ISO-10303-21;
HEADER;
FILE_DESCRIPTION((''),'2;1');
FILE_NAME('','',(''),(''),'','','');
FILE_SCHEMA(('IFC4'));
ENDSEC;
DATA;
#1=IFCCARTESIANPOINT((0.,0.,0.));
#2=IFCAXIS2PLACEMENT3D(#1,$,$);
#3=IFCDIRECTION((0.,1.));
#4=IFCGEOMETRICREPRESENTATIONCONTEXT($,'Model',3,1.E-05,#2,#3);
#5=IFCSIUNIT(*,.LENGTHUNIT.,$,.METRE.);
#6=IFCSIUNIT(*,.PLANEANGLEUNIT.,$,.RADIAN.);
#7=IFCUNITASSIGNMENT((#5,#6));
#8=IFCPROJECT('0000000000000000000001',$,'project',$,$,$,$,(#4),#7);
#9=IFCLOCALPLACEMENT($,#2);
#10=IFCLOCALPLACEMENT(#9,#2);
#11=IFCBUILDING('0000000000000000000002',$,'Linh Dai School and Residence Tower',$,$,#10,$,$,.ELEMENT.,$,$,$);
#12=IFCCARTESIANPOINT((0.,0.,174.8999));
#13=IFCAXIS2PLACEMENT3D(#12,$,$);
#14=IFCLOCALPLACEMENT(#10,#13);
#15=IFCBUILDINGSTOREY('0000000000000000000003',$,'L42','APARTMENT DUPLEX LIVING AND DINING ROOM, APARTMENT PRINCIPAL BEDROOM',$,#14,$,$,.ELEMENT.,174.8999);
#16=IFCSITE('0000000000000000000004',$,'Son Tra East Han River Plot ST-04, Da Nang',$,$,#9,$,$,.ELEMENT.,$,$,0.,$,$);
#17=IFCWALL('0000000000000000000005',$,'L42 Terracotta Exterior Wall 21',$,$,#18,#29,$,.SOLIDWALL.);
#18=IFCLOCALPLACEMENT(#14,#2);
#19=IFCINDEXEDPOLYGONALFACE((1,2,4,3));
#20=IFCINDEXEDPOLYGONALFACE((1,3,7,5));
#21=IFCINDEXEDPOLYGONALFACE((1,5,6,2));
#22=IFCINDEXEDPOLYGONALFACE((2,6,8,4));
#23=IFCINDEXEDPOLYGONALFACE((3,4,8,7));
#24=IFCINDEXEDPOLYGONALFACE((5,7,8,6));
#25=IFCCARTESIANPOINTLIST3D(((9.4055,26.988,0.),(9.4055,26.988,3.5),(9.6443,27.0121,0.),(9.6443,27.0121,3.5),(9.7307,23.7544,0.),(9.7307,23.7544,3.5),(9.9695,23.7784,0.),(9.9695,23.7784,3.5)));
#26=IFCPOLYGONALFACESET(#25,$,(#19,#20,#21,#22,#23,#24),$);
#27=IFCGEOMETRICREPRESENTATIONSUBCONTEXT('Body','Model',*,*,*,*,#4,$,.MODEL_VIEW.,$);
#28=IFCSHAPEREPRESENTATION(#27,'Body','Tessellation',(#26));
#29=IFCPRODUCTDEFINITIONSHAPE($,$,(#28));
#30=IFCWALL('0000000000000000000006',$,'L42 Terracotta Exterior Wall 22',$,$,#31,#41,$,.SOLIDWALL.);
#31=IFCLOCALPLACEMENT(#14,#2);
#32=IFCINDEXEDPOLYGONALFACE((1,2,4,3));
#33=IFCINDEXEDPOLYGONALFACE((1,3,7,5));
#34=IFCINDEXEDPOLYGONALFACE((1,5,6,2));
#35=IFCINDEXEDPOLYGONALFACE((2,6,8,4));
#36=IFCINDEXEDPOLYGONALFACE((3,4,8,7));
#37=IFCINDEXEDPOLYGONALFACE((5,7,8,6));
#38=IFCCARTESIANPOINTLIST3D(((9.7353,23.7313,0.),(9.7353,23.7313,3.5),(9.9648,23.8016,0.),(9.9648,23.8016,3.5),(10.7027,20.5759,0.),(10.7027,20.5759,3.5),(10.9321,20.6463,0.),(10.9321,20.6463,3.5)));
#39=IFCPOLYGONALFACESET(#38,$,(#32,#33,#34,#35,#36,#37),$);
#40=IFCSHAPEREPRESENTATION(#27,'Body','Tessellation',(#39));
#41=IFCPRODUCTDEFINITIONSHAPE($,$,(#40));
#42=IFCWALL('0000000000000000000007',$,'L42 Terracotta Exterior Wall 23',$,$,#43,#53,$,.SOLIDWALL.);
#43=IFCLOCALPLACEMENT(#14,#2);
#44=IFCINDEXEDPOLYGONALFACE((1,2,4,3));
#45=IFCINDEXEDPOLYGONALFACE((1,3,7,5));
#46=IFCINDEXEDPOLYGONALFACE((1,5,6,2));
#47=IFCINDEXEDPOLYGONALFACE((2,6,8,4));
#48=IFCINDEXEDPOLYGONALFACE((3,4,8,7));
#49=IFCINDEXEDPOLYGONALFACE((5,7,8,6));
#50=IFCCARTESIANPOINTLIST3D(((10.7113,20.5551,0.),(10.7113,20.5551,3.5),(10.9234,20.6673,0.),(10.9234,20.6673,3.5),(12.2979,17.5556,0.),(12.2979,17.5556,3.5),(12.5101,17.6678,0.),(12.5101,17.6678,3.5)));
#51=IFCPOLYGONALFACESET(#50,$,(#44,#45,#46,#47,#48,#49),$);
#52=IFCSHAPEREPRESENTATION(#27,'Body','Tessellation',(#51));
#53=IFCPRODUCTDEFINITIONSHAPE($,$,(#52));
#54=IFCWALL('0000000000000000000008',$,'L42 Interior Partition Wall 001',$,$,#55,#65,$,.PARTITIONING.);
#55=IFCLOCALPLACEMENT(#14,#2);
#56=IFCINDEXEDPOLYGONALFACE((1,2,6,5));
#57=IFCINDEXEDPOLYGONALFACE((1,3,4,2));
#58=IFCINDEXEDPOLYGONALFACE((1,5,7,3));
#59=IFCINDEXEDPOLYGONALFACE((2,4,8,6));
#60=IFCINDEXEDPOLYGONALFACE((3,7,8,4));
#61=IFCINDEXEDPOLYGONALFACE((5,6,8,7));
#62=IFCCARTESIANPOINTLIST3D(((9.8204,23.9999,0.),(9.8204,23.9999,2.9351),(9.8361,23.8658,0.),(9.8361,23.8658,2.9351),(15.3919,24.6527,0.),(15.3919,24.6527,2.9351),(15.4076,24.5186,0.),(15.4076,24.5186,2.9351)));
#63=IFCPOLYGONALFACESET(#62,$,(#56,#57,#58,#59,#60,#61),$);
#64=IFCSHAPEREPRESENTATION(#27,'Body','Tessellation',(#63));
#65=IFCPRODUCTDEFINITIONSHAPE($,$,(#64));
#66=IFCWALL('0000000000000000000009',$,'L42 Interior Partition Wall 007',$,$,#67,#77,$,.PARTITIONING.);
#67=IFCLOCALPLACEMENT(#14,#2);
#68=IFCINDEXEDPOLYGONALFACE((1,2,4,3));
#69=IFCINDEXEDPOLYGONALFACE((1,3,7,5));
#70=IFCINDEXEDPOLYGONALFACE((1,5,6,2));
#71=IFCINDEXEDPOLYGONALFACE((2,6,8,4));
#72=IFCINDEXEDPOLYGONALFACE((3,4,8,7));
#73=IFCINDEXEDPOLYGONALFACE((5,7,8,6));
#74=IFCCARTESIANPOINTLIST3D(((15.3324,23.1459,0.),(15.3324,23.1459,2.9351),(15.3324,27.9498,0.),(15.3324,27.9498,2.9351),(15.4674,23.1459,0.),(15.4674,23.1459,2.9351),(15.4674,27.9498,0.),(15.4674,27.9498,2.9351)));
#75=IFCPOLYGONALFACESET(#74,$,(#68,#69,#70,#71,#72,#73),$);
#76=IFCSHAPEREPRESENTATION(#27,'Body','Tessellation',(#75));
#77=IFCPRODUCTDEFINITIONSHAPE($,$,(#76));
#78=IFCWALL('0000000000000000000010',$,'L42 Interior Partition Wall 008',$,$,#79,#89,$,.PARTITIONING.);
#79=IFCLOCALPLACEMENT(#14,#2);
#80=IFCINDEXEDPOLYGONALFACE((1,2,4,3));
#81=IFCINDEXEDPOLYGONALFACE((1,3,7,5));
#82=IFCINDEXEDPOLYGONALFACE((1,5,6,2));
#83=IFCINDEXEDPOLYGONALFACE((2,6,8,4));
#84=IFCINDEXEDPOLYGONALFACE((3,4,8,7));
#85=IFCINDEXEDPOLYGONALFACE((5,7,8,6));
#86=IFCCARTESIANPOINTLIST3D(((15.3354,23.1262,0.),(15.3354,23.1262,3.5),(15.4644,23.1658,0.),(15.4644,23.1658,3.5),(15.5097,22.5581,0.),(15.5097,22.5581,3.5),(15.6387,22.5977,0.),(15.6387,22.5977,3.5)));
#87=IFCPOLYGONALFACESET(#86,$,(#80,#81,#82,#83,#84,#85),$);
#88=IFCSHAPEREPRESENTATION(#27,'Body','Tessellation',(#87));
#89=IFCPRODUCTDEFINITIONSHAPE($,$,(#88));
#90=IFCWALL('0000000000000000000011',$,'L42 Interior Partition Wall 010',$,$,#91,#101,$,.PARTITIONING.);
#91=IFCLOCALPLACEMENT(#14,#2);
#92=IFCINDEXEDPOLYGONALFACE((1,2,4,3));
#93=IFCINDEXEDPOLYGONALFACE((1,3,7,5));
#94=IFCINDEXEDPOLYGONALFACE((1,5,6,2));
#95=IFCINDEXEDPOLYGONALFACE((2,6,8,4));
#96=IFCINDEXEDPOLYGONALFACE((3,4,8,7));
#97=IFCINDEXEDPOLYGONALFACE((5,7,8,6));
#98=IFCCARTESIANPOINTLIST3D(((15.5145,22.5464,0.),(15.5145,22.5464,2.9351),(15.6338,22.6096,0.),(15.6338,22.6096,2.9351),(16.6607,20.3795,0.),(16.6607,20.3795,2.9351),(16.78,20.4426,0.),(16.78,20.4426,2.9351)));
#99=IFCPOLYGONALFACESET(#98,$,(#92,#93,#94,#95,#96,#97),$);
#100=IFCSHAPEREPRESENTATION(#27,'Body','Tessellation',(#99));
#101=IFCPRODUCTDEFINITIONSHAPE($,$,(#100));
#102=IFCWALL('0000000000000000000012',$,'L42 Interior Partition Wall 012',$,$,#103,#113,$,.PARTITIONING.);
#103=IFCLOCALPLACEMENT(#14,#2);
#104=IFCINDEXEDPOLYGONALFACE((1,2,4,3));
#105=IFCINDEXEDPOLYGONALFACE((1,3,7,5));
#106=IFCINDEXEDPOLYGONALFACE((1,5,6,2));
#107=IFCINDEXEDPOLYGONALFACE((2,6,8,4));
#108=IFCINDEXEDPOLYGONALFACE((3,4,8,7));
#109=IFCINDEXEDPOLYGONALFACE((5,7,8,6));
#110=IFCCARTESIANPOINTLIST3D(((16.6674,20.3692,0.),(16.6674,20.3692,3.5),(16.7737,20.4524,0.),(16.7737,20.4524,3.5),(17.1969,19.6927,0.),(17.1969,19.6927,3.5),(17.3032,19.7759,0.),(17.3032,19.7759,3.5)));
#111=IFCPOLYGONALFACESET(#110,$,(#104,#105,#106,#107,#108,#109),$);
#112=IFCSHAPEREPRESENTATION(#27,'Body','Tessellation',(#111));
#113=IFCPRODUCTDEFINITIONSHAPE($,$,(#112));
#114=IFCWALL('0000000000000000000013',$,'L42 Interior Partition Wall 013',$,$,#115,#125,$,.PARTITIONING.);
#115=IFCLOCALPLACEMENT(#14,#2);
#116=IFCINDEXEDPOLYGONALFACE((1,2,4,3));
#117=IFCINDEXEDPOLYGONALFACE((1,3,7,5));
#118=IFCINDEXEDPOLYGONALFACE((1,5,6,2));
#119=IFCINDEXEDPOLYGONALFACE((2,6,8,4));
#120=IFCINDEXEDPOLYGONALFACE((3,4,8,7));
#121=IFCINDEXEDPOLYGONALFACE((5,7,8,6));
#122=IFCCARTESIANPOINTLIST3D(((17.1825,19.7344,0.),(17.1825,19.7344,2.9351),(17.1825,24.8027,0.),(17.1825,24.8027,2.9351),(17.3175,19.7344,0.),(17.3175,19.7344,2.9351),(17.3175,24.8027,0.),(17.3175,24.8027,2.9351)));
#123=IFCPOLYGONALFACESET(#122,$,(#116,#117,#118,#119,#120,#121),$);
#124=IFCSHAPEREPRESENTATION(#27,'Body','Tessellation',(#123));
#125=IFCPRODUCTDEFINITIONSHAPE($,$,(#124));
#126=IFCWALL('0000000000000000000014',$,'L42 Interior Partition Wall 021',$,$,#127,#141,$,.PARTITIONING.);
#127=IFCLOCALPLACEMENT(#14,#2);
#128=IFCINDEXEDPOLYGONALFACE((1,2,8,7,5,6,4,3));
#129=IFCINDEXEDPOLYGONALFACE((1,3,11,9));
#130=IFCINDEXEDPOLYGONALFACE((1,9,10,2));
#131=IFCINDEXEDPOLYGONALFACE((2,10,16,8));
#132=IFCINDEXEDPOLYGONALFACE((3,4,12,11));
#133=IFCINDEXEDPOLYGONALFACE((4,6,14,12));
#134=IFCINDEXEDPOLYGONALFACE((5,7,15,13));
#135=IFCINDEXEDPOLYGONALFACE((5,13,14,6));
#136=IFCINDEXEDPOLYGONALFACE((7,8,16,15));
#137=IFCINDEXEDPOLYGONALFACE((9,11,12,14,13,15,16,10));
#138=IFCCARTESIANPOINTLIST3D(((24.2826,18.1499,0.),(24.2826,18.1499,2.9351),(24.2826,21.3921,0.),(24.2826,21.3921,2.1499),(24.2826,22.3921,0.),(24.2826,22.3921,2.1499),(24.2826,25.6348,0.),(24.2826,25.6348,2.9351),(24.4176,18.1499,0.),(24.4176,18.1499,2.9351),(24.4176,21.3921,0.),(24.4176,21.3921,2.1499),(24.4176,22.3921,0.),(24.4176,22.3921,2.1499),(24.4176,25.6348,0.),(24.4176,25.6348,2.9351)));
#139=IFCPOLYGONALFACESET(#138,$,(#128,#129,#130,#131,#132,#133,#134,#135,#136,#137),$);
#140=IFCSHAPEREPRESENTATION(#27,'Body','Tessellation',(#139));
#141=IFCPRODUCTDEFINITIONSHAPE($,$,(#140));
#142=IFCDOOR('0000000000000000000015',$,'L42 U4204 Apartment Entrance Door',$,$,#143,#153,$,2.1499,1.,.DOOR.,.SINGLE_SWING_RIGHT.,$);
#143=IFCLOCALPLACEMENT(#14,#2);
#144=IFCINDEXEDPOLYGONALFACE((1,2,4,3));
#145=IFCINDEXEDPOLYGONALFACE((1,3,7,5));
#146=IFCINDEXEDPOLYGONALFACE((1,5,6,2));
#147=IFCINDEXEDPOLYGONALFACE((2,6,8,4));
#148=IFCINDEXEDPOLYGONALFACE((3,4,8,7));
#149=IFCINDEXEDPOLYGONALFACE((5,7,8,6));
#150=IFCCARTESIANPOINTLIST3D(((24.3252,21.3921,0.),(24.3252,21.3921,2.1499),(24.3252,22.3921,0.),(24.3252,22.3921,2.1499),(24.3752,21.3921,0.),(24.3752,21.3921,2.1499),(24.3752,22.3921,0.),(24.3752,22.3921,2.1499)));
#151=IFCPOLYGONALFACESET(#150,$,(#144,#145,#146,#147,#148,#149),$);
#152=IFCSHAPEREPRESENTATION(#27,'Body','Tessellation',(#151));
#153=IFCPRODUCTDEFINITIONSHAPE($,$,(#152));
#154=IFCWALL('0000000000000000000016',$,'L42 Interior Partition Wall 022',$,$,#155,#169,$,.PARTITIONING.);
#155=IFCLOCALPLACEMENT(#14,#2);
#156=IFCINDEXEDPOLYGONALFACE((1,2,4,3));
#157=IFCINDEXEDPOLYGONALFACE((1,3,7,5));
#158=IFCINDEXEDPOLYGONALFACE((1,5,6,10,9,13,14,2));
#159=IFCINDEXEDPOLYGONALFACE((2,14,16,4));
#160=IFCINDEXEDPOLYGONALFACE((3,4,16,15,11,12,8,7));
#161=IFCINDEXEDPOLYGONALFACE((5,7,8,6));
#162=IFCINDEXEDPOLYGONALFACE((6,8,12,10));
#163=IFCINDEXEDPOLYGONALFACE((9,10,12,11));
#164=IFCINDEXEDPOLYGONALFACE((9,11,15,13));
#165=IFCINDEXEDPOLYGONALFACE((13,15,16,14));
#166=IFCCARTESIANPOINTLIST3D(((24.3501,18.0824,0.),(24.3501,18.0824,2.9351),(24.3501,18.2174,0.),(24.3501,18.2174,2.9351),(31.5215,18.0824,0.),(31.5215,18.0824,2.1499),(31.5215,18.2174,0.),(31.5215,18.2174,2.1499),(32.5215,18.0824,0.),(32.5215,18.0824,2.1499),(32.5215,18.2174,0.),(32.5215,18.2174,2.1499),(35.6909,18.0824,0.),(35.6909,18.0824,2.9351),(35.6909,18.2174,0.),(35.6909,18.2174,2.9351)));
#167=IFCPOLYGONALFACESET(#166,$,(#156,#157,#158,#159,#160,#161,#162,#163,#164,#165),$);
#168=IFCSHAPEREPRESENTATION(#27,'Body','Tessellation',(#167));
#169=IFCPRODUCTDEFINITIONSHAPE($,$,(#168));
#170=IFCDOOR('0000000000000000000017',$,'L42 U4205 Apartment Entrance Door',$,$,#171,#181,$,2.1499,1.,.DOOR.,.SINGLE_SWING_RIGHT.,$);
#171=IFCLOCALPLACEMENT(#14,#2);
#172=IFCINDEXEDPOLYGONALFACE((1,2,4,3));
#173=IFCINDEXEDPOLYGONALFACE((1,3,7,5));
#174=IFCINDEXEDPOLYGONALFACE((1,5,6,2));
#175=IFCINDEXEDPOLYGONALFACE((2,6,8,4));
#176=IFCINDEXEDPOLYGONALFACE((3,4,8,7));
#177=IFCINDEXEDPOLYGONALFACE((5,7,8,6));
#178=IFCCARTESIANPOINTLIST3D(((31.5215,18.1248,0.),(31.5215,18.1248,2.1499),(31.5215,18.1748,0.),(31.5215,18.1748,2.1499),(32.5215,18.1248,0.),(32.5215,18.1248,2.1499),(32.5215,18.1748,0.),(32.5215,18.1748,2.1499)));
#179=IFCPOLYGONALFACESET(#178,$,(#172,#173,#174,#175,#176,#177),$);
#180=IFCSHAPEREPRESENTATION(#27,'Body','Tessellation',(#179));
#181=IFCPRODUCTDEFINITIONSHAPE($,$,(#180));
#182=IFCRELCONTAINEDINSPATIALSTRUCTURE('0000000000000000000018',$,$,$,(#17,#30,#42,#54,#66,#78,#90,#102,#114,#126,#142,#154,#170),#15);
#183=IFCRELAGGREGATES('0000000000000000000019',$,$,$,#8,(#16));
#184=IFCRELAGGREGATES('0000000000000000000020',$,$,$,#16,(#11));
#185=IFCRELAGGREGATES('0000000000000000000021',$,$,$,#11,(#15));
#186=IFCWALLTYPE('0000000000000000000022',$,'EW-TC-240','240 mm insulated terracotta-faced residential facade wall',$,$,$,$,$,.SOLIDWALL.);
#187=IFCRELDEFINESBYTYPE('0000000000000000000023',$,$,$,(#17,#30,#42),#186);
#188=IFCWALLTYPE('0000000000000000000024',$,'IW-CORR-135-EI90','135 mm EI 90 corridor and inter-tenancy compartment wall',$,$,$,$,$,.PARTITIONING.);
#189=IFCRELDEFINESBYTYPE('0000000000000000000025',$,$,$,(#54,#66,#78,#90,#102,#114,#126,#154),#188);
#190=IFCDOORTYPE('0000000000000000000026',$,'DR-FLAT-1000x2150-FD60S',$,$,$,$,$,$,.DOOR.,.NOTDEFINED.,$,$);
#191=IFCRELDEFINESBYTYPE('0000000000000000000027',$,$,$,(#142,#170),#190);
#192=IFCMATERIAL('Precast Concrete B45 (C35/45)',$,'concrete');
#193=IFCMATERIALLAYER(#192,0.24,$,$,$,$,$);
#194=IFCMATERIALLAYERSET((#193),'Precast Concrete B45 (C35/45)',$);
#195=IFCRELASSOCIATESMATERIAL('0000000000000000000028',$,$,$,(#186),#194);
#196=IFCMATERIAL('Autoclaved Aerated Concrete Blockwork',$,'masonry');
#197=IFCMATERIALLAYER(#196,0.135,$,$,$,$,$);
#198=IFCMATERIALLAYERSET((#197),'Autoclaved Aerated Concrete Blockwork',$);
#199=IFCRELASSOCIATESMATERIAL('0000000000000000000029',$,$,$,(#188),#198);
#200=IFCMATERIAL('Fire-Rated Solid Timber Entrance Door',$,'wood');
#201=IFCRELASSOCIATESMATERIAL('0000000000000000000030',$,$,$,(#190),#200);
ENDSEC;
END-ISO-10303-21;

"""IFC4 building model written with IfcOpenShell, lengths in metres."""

from ifc_helpers import new_model, si_unit, direction, frame, frame_2d, origin, origin_2d, place, context, subcontext, project, spatial, rectangle, extrude, source, transform, mapped, material, layer, layer_set, type_object, element, fill, save


model = new_model("IFC4")

# Units and contexts
model_context = context("Model", 3, precision=1e-05, world=origin(), true_north=direction((0.0, 1.0)))
body_context = subcontext(model_context, "Body", "Model", "MODEL_VIEW")
ifc_project = project(units=[si_unit("LENGTHUNIT", "METRE"), si_unit("PLANEANGLEUNIT", "RADIAN")], contexts=[model_context])

# Site, building, storey
site_placement = place(None, origin())
site = spatial("IfcSite", under=ifc_project, at=site_placement, Name="Son Tra East Han River Plot ST-04, Da Nang", CompositionType="ELEMENT", RefElevation=0.0)
building_placement = place(site_placement, origin())
building = spatial("IfcBuilding", under=site, at=building_placement, Name="Linh Dai School and Residence Tower", CompositionType="ELEMENT")
storey_placement = place(building_placement, frame((0.0, 0.0, 174.8999)))
storey = spatial("IfcBuildingStorey", under=building, at=storey_placement, Name="L42", Description="APARTMENT DUPLEX LIVING AND DINING ROOM, APARTMENT PRINCIPAL BEDROOM", CompositionType="ELEMENT", Elevation=174.8999)

# Shared definitions
ifc_material_1 = material(Name="Precast Concrete B45 (C35/45)", Category="concrete")

# Walls
ifc_layer_1 = layer(ifc_material_1, 0.24)
ifc_layer_set_1 = layer_set([ifc_layer_1], Name="Precast Concrete B45 (C35/45)")
wall_type_1 = type_object("IfcWallType", Name="EW-TC-240", Description="240 mm insulated terracotta-faced residential facade wall", PredefinedType="SOLIDWALL", material=ifc_layer_set_1)
wall_1_placement = place(storey_placement, frame((9.8501, 23.7664, 0.0), z_axis=(0.0, 0.0, 1.0), x_axis=(-0.100062, 0.994981, 0.0)))
element("IfcWall", 1, at=wall_1_placement, inside=storey, type_object=wall_type_1, Name="L42 Terracotta Exterior Wall 21", PredefinedType="SOLIDWALL", context=body_context, shape_type="SweptSolid", body=[
    extrude(rectangle(XDim=3.25, YDim=0.24, at=frame_2d((1.625, 0.0))), origin(), (0.0, 0.0, 1.0), 3.5),
])
wall_2_placement = place(storey_placement, frame((10.8174, 20.6111, 0.0), z_axis=(0.0, 0.0, 1.0), x_axis=(-0.293098, 0.956082, 0.0)))
element("IfcWall", 2, at=wall_2_placement, inside=storey, type_object=wall_type_1, Name="L42 Terracotta Exterior Wall 22", PredefinedType="SOLIDWALL", context=body_context, shape_type="SweptSolid", body=[
    extrude(rectangle(XDim=3.3003, YDim=0.24, at=frame_2d((1.6501, 0.0))), origin(), (0.0, 0.0, 1.0), 3.5),
])
wall_3_placement = place(storey_placement, frame((12.4041, 17.6116, 0.0), z_axis=(0.0, 0.0, 1.0), x_axis=(-0.467587, 0.883947, 0.0)))
element("IfcWall", 3, at=wall_3_placement, inside=storey, type_object=wall_type_1, Name="L42 Terracotta Exterior Wall 23", PredefinedType="SOLIDWALL", context=body_context, shape_type="SweptSolid", body=[
    extrude(rectangle(XDim=3.3933, YDim=0.24, at=frame_2d((1.6968, 0.0))), origin(), (0.0, 0.0, 1.0), 3.5),
])
ifc_material_2 = material(Name="Autoclaved Aerated Concrete Blockwork", Category="masonry")
ifc_layer_2 = layer(ifc_material_2, 0.135)
ifc_layer_set_2 = layer_set([ifc_layer_2], Name="Autoclaved Aerated Concrete Blockwork")
wall_type_2 = type_object("IfcWallType", Name="IW-CORR-135-EI90", Description="135 mm EI 90 corridor and inter-tenancy compartment wall", PredefinedType="PARTITIONING", material=ifc_layer_set_2)
wall_4_placement = place(storey_placement, frame((9.8284, 23.9329, 0.0), z_axis=(0.0, 0.0, 1.0), x_axis=(0.993205, 0.116377, 0.0)))
element("IfcWall", 4, at=wall_4_placement, inside=storey, type_object=wall_type_2, Name="L42 Interior Partition Wall 001", PredefinedType="PARTITIONING", context=body_context, shape_type="SweptSolid", body=[
    extrude(rectangle(XDim=5.6096, YDim=0.135, at=frame_2d((2.8047, 0.0))), origin(), (0.0, 0.0, 1.0), 2.9351),
])
wall_5_placement = place(storey_placement, frame((15.3999, 23.146, 0.0), z_axis=(0.0, 0.0, 1.0), x_axis=(0.0, 1.0, 0.0)))
element("IfcWall", 5, at=wall_5_placement, inside=storey, type_object=wall_type_2, Name="L42 Interior Partition Wall 007", PredefinedType="PARTITIONING", context=body_context, shape_type="SweptSolid", body=[
    extrude(rectangle(XDim=4.804, YDim=0.135, at=frame_2d((2.4019, 0.0))), origin(), (0.0, 0.0, 1.0), 2.9351),
])
wall_6_placement = place(storey_placement, frame((15.3999, 23.146, 0.0), z_axis=(0.0, 0.0, 1.0), x_axis=(0.293335, -0.95601, 0.0)))
element("IfcWall", 6, at=wall_6_placement, inside=storey, type_object=wall_type_2, Name="L42 Interior Partition Wall 008", PredefinedType="PARTITIONING", context=body_context, shape_type="SweptSolid", body=[
    extrude(rectangle(XDim=0.5942, YDim=0.135, at=frame_2d((0.2971, 0.0))), origin(), (0.0, 0.0, 1.0), 3.5),
])
wall_7_placement = place(storey_placement, frame((15.5742, 22.5779, 0.0), z_axis=(0.0, 0.0, 1.0), x_axis=(0.467572, -0.883955, 0.0)))
element("IfcWall", 7, at=wall_7_placement, inside=storey, type_object=wall_type_2, Name="L42 Interior Partition Wall 010", PredefinedType="PARTITIONING", context=body_context, shape_type="SweptSolid", body=[
    extrude(rectangle(XDim=2.4514, YDim=0.135, at=frame_2d((1.2256, 0.0))), origin(), (0.0, 0.0, 1.0), 2.9351),
])
wall_8_placement = place(storey_placement, frame((16.7205, 20.4109, 0.0), z_axis=(0.0, 0.0, 1.0), x_axis=(0.616377, -0.787451, 0.0)))
element("IfcWall", 8, at=wall_8_placement, inside=storey, type_object=wall_type_2, Name="L42 Interior Partition Wall 012", PredefinedType="PARTITIONING", context=body_context, shape_type="SweptSolid", body=[
    extrude(rectangle(XDim=0.8591, YDim=0.135, at=frame_2d((0.4297, 0.0))), origin(), (0.0, 0.0, 1.0), 3.5),
])
wall_9_placement = place(storey_placement, frame((17.25, 19.7344, 0.0), z_axis=(0.0, 0.0, 1.0), x_axis=(0.0, 1.0, 0.0)))
element("IfcWall", 9, at=wall_9_placement, inside=storey, type_object=wall_type_2, Name="L42 Interior Partition Wall 013", PredefinedType="PARTITIONING", context=body_context, shape_type="SweptSolid", body=[
    extrude(rectangle(XDim=5.0684, YDim=0.135, at=frame_2d((2.5342, 0.0))), origin(), (0.0, 0.0, 1.0), 2.9351),
])

# Walls, openings, doors
wall_10_placement = place(storey_placement, frame((24.3501, 18.1499, 0.0), z_axis=(0.0, 0.0, 1.0), x_axis=(0.0, 1.0, 0.0)))
wall_10 = element("IfcWall", 10, at=wall_10_placement, inside=storey, type_object=wall_type_2, Name="L42 Interior Partition Wall 021", PredefinedType="PARTITIONING", context=body_context, shape_type="SweptSolid", body=[
    extrude(rectangle(XDim=7.4849, YDim=0.135, at=frame_2d((3.7424, 0.0))), origin(), (0.0, 0.0, 1.0), 2.9351),
])
opening_1_placement = place(wall_10_placement, frame((3.2422, 0.0, 0.0)))
opening_1 = element("IfcOpeningElement", 11, at=opening_1_placement, cuts=wall_10, PredefinedType="OPENING", context=body_context, shape_type="SweptSolid", body=[
    extrude(rectangle(XDim=1.0, YDim=2.1499, at=origin_2d()), frame((0.5, 0.0776, 1.075), z_axis=(0.0, -1.0, 0.0), x_axis=(1.0, 0.0, 0.0)), (0.0, 0.0, 1.0), 0.155),
])
ifc_material_3 = material(Name="Fire-Rated Solid Timber Entrance Door", Category="wood")
door_type = type_object("IfcDoorType", Name="DR-FLAT-1000x2150-FD60S", OperationType="NOTDEFINED", PredefinedType="DOOR", material=ifc_material_3)
shared_shape_1 = source(origin(), body_context, "Body", "SweptSolid", [
    extrude(rectangle(XDim=1.0, YDim=2.1499, at=origin_2d()), frame((0.5, 0.0249, 1.075), z_axis=(0.0, -1.0, 0.0), x_axis=(1.0, 0.0, 0.0)), (0.0, 0.0, 1.0), 0.05),
])
door_1_placement = place(opening_1_placement, origin())
door_1 = element("IfcDoor", 12, at=door_1_placement, inside=storey, type_object=door_type, Name="L42 U4204 Apartment Entrance Door", OperationType="SINGLE_SWING_RIGHT", OverallHeight=2.1499, OverallWidth=1.0, PredefinedType="DOOR", context=body_context, shape_type="MappedRepresentation", body=[
    mapped(shared_shape_1, transform((0.0, 0.0, 0.0), x_axis=(1.0, 0.0, 0.0), y_axis=(0.0, 1.0, 0.0), z_axis=(0.0, 0.0, 1.0), scale=1.0)),
])
fill(opening_1, door_1)
wall_11_placement = place(storey_placement, frame((24.3501, 18.1499, 0.0), z_axis=(0.0, 0.0, 1.0), x_axis=(1.0, 0.0, 0.0)))
wall_11 = element("IfcWall", 13, at=wall_11_placement, inside=storey, type_object=wall_type_2, Name="L42 Interior Partition Wall 022", PredefinedType="PARTITIONING", context=body_context, shape_type="SweptSolid", body=[
    extrude(rectangle(XDim=11.3408, YDim=0.135, at=frame_2d((5.6704, 0.0))), origin(), (0.0, 0.0, 1.0), 2.9351),
])
opening_2_placement = place(wall_11_placement, frame((7.1714, 0.0, 0.0)))
opening_2 = element("IfcOpeningElement", 14, at=opening_2_placement, cuts=wall_11, PredefinedType="OPENING", context=body_context, shape_type="SweptSolid", body=[
    extrude(rectangle(XDim=1.0, YDim=2.1499, at=origin_2d()), frame((0.5, 0.0776, 1.075), z_axis=(0.0, -1.0, 0.0), x_axis=(1.0, 0.0, 0.0)), (0.0, 0.0, 1.0), 0.155),
])
door_2_placement = place(opening_2_placement, origin())
door_2 = element("IfcDoor", 15, at=door_2_placement, inside=storey, type_object=door_type, Name="L42 U4205 Apartment Entrance Door", OperationType="SINGLE_SWING_RIGHT", OverallHeight=2.1499, OverallWidth=1.0, PredefinedType="DOOR", context=body_context, shape_type="MappedRepresentation", body=[
    mapped(shared_shape_1, transform((0.0, 0.0, 0.0), x_axis=(1.0, 0.0, 0.0), y_axis=(0.0, 1.0, 0.0), z_axis=(0.0, 0.0, 1.0), scale=1.0)),
])
fill(opening_2, door_2)

save(model, "model.ifc")
